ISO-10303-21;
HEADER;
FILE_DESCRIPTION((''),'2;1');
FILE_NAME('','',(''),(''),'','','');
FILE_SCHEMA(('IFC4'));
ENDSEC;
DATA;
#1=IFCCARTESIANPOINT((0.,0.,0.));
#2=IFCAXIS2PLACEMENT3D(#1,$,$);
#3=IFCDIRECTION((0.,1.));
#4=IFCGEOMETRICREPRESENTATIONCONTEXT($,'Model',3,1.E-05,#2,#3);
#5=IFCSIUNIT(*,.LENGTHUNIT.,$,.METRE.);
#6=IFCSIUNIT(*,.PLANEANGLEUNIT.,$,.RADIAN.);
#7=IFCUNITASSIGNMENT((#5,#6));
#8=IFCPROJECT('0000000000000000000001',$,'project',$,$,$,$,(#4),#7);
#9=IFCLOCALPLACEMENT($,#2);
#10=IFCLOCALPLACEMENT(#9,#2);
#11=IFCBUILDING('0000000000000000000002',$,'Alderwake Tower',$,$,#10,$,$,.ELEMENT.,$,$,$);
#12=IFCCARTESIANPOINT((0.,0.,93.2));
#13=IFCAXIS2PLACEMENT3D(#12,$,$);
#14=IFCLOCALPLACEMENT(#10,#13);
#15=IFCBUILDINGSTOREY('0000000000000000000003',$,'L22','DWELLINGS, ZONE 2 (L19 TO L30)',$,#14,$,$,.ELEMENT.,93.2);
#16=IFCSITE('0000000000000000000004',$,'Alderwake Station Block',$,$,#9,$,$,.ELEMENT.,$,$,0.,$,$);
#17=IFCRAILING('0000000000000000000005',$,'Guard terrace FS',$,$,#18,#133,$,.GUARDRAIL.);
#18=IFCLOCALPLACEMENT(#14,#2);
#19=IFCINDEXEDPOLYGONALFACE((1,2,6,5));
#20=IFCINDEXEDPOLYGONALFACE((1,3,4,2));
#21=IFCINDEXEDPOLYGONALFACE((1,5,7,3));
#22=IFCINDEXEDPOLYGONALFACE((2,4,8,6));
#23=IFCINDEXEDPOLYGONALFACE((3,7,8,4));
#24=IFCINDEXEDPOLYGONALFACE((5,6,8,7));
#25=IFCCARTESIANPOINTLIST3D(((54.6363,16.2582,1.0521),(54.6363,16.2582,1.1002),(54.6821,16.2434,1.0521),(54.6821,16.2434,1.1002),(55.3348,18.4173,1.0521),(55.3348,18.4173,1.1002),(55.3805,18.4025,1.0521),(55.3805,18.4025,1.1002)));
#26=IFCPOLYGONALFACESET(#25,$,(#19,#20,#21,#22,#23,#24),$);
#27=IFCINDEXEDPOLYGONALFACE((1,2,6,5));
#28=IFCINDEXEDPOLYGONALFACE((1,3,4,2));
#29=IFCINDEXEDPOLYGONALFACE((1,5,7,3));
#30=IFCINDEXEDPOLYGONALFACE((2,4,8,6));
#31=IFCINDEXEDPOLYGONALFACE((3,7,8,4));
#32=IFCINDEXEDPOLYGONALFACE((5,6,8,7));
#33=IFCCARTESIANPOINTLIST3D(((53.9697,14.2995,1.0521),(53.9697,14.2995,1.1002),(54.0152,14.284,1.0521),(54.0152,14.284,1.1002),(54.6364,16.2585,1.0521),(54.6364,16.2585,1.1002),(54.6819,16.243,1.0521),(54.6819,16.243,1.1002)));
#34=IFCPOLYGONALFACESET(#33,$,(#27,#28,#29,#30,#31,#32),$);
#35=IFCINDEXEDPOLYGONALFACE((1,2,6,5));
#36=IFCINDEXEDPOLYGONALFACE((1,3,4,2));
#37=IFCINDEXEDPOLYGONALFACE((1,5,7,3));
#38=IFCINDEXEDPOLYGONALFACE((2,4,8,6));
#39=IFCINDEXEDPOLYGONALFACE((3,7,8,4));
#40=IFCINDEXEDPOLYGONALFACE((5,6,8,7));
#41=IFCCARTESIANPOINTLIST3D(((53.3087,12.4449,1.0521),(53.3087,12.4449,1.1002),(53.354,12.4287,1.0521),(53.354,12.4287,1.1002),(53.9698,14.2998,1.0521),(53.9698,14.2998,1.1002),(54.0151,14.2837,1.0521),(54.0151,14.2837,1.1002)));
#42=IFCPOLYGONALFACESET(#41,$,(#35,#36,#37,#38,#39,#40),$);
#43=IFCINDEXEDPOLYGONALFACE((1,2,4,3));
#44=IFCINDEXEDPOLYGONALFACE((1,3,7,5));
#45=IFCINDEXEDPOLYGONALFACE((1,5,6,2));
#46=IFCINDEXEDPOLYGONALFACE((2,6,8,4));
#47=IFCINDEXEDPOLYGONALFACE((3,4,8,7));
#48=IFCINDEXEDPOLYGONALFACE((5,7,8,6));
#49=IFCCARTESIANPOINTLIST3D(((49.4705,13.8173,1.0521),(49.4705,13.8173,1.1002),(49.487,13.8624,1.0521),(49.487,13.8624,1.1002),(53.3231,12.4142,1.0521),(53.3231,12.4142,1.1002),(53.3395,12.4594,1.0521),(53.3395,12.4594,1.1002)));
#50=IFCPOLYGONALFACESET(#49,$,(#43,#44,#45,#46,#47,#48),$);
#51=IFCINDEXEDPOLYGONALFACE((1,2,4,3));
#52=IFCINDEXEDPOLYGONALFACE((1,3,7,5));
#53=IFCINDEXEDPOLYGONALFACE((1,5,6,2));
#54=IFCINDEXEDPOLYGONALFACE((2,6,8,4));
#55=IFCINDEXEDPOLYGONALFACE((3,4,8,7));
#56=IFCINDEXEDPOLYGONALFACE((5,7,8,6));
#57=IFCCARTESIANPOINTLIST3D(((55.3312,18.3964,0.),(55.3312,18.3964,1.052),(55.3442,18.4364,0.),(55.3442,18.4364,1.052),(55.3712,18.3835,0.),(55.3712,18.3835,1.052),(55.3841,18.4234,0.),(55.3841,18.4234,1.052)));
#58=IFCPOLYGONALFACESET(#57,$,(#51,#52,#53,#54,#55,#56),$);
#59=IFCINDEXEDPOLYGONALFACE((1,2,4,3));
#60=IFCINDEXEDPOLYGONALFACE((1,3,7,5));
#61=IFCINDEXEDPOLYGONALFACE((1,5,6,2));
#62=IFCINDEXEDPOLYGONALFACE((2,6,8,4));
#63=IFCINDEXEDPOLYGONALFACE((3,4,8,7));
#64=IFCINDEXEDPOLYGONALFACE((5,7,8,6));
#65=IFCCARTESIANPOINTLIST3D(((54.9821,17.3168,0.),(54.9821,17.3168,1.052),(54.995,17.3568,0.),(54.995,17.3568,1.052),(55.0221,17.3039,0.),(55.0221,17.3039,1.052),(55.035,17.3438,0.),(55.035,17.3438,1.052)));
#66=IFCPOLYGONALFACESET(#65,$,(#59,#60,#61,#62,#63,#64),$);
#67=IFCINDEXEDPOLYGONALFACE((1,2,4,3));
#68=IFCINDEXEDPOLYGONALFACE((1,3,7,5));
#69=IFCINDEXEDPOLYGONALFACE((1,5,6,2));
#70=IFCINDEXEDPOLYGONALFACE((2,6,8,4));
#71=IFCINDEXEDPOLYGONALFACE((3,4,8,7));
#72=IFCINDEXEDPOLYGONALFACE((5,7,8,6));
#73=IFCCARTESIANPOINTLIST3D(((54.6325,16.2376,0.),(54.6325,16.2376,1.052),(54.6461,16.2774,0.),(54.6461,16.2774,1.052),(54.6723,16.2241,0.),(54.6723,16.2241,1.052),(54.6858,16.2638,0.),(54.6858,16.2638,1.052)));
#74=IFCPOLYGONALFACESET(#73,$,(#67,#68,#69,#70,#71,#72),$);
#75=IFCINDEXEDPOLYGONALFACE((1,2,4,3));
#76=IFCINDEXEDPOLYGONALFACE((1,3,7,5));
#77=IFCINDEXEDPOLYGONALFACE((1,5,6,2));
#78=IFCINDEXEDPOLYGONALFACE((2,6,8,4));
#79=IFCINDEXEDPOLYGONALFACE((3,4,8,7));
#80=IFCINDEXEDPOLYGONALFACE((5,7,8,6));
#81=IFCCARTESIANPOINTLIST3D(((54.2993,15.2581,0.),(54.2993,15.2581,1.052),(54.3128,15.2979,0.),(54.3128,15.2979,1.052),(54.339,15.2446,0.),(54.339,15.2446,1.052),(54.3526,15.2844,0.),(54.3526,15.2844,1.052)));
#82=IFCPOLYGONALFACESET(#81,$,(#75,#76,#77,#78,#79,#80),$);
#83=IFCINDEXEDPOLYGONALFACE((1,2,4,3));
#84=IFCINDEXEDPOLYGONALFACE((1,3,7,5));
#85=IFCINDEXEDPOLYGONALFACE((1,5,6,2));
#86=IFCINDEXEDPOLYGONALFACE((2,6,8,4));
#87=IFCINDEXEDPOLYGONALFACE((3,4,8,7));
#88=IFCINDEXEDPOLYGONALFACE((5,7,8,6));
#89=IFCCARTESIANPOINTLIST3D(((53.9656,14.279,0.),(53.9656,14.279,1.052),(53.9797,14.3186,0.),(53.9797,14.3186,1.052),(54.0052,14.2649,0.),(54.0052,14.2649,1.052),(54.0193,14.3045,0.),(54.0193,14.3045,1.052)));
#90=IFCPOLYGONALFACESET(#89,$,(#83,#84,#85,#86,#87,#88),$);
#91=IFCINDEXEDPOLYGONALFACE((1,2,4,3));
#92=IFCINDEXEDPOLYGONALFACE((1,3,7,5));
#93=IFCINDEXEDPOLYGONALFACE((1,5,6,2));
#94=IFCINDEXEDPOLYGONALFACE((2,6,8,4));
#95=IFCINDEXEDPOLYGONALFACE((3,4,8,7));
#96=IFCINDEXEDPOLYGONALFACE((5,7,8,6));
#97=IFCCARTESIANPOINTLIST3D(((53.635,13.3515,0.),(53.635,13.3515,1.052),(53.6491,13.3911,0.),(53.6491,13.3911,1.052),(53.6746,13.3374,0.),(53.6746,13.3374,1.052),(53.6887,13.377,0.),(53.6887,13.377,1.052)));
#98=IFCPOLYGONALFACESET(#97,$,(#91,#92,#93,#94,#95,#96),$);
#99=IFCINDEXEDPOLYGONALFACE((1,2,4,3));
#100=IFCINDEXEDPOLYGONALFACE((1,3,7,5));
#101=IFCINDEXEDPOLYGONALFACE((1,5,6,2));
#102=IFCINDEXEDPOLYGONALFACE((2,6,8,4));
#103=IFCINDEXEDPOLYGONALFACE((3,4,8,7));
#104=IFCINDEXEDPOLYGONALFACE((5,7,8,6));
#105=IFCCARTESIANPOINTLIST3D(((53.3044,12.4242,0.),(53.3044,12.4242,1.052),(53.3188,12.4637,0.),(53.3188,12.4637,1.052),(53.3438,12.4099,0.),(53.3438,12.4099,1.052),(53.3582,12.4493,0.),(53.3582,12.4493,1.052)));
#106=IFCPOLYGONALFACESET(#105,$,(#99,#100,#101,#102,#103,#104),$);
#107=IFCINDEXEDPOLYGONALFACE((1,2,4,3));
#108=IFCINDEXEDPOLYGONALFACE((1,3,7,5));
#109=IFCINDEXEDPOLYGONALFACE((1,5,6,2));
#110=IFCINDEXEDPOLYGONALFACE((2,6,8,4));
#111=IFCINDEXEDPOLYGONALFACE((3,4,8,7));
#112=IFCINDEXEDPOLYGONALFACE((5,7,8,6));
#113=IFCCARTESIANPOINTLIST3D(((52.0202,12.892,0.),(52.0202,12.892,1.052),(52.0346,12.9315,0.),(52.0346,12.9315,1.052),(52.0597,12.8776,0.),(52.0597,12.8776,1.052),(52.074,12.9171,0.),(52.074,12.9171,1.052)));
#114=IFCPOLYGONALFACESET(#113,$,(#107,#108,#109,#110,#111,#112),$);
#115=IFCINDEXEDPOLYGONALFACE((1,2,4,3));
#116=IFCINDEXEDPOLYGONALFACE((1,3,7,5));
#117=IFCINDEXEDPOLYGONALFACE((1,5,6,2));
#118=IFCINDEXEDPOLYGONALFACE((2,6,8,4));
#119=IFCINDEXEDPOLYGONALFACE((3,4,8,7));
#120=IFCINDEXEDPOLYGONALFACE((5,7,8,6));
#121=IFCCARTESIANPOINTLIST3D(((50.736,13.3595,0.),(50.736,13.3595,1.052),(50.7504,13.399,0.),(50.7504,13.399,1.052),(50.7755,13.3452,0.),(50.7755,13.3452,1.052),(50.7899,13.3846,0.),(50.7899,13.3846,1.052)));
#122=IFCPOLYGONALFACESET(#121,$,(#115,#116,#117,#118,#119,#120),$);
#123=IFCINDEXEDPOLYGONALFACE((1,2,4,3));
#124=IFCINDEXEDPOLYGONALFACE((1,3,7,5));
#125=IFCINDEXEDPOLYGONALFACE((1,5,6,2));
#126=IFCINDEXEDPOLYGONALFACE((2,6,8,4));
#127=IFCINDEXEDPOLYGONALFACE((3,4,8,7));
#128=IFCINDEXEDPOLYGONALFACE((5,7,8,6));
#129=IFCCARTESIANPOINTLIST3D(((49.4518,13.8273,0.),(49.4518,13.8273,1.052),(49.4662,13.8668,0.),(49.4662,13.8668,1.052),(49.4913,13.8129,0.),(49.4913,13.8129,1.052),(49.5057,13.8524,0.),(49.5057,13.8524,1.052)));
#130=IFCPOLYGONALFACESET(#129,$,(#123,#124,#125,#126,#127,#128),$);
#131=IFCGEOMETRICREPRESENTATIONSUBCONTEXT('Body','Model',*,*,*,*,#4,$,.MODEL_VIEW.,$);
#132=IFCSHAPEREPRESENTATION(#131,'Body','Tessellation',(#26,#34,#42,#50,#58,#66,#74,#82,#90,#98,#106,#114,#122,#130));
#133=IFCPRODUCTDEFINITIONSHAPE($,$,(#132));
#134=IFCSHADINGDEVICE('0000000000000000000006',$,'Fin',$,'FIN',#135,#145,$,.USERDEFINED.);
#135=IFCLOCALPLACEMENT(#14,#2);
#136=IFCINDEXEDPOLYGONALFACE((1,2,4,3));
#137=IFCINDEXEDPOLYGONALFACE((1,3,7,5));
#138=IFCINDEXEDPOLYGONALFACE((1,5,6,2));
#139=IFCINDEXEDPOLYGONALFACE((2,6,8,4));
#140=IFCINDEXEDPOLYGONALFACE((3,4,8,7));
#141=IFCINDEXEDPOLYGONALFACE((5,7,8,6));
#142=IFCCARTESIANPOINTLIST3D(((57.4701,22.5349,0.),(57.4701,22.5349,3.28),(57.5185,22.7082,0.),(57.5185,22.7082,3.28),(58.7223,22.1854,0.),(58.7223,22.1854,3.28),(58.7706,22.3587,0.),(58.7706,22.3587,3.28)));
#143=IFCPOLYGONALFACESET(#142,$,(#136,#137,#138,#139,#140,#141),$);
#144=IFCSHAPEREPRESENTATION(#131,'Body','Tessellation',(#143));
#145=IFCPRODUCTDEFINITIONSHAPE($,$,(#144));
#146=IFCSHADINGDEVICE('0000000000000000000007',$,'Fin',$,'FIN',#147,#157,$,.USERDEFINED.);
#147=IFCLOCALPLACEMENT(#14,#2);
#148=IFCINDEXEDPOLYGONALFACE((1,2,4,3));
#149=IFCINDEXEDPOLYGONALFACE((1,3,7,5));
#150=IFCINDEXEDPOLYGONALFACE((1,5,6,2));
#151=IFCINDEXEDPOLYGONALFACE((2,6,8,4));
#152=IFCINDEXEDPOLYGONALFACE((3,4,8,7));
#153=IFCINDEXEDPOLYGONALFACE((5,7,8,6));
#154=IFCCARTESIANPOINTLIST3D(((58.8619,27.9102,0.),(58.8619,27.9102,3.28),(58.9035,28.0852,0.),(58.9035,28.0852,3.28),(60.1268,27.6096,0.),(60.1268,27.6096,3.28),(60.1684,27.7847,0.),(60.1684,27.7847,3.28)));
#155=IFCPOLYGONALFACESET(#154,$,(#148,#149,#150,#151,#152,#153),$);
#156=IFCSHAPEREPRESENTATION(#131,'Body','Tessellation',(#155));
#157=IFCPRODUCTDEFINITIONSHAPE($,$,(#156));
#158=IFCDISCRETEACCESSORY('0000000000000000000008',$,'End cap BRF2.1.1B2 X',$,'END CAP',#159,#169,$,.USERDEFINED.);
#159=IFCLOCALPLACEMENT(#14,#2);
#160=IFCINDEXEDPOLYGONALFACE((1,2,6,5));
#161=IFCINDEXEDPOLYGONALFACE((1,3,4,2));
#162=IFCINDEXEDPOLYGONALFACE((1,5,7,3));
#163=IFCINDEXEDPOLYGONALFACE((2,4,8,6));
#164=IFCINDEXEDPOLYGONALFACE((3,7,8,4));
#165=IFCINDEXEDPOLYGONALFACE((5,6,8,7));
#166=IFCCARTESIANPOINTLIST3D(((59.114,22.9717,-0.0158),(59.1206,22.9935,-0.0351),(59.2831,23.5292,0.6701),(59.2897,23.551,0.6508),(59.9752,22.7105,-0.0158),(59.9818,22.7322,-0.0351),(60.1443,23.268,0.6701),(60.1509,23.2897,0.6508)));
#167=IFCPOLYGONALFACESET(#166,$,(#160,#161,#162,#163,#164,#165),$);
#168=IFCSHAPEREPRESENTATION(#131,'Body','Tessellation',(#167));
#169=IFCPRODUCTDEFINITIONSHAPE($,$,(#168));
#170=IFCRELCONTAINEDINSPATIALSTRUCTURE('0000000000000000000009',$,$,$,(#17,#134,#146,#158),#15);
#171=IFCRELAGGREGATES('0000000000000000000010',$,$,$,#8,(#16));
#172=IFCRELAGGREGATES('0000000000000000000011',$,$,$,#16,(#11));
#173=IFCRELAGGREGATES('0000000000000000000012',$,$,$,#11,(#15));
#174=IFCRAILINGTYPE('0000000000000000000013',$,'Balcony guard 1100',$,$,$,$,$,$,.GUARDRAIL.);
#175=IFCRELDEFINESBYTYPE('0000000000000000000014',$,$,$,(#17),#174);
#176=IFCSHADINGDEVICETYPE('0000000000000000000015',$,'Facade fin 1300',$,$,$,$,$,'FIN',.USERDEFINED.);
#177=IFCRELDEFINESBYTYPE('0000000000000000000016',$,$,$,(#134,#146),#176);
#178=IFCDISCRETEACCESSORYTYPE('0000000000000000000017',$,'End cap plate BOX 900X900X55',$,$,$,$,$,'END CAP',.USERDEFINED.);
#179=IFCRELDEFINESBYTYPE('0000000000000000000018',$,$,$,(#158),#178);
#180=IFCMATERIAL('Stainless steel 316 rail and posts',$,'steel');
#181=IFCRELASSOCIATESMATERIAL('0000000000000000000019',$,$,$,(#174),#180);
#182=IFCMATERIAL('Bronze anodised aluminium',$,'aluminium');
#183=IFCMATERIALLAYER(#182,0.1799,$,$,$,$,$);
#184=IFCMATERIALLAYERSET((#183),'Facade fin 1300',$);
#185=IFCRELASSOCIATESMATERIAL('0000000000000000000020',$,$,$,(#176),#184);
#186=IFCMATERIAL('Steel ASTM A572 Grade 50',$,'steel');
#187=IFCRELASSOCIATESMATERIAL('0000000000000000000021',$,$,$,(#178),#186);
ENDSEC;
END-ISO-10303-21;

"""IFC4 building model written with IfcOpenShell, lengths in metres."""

from ifc_helpers import new_model, si_unit, direction, frame, origin, origin_2d, place, context, subcontext, project, spatial, rectangle, extrude, material, layer, layer_set, material_profile, profile_set, type_object, element, save


model = new_model("IFC4")

# Units and contexts
model_context = context("Model", 3, precision=1e-05, world=origin(), true_north=direction((0.0, 1.0)))
body_context = subcontext(model_context, "Body", "Model", "MODEL_VIEW")
ifc_project = project(units=[si_unit("LENGTHUNIT", "METRE"), si_unit("PLANEANGLEUNIT", "RADIAN")], contexts=[model_context])

# Site, building, storey
site_placement = place(None, origin())
site = spatial("IfcSite", under=ifc_project, at=site_placement, Name="Alderwake Station Block", CompositionType="ELEMENT", RefElevation=0.0)
building_placement = place(site_placement, origin())
building = spatial("IfcBuilding", under=site, at=building_placement, Name="Alderwake Tower", CompositionType="ELEMENT")
storey_placement = place(building_placement, frame((0.0, 0.0, 93.2)))
storey = spatial("IfcBuildingStorey", under=building, at=storey_placement, Name="L22", Description="DWELLINGS, ZONE 2 (L19 TO L30)", CompositionType="ELEMENT", Elevation=93.2)

# Railing
ifc_material_1 = material(Name="Stainless steel 316 rail and posts", Category="steel")
railing_type = type_object("IfcRailingType", Name="Balcony guard 1100", PredefinedType="GUARDRAIL", material=ifc_material_1)
railing_1_placement = place(storey_placement, frame((55.3577, 18.4099, 0.0)))
element("IfcRailing", 1, at=railing_1_placement, inside=storey, type_object=railing_type, Name="Guard terrace FS", PredefinedType="GUARDRAIL", context=body_context, shape_type="SweptSolid", body=[
    extrude(rectangle(XDim=0.0481, YDim=0.0481, at=origin_2d()), frame((0.0, 0.0, 1.0762), z_axis=(-0.307792, -0.951454, 0.0), x_axis=(0.951454, -0.307792, 0.0)), (0.0, 0.0, 1.0), 2.2693),
    extrude(rectangle(XDim=0.0481, YDim=0.0481, at=origin_2d()), frame((-0.6985, -2.1592, 1.0762), z_axis=(-0.322203, -0.946671, 0.0), x_axis=(0.946671, -0.322203, 0.0)), (0.0, 0.0, 1.0), 2.0693),
    extrude(rectangle(XDim=0.0481, YDim=0.0481, at=origin_2d()), frame((-1.3652, -4.1182, 1.0762), z_axis=(-0.335724, -0.94196, 0.0), x_axis=(0.94196, -0.335724, 0.0)), (0.0, 0.0, 1.0), 1.9692),
    extrude(rectangle(XDim=0.0481, YDim=0.0481, at=origin_2d()), frame((-2.0264, -5.9731, 1.0762), z_axis=(-0.939625, 0.342207, 0.0), x_axis=(-0.342207, -0.939625, 0.0)), (0.0, 0.0, 1.0), 4.1001),
    extrude(rectangle(XDim=0.042, YDim=0.042, at=origin_2d()), frame((0.0, 0.0, 0.0), z_axis=(0.0, 0.0, 1.0), x_axis=(-0.307792, -0.951454, 0.0)), (0.0, 0.0, 1.0), 1.052),
    extrude(rectangle(XDim=0.042, YDim=0.042, at=origin_2d()), frame((-0.3491, -1.0796, 0.0), z_axis=(0.0, 0.0, 1.0), x_axis=(-0.307792, -0.951454, 0.0)), (0.0, 0.0, 1.0), 1.052),
    extrude(rectangle(XDim=0.042, YDim=0.042, at=origin_2d()), frame((-0.6985, -2.1592, 0.0), z_axis=(0.0, 0.0, 1.0), x_axis=(-0.322203, -0.946671, 0.0)), (0.0, 0.0, 1.0), 1.052),
    extrude(rectangle(XDim=0.042, YDim=0.042, at=origin_2d()), frame((-1.0317, -3.1387, 0.0), z_axis=(0.0, 0.0, 1.0), x_axis=(-0.322203, -0.946671, 0.0)), (0.0, 0.0, 1.0), 1.052),
    extrude(rectangle(XDim=0.042, YDim=0.042, at=origin_2d()), frame((-1.3652, -4.1182, 0.0), z_axis=(0.0, 0.0, 1.0), x_axis=(-0.335724, -0.94196, 0.0)), (0.0, 0.0, 1.0), 1.052),
    extrude(rectangle(XDim=0.042, YDim=0.042, at=origin_2d()), frame((-1.6958, -5.0457, 0.0), z_axis=(0.0, 0.0, 1.0), x_axis=(-0.335724, -0.94196, 0.0)), (0.0, 0.0, 1.0), 1.052),
    extrude(rectangle(XDim=0.042, YDim=0.042, at=origin_2d()), frame((-2.0264, -5.9731, 0.0), z_axis=(0.0, 0.0, 1.0), x_axis=(-0.939625, 0.342207, 0.0)), (0.0, 0.0, 1.0), 1.052),
    extrude(rectangle(XDim=0.042, YDim=0.042, at=origin_2d()), frame((-3.3105, -5.5054, 0.0), z_axis=(0.0, 0.0, 1.0), x_axis=(-0.939625, 0.342207, 0.0)), (0.0, 0.0, 1.0), 1.052),
    extrude(rectangle(XDim=0.042, YDim=0.042, at=origin_2d()), frame((-4.5947, -5.0378, 0.0), z_axis=(0.0, 0.0, 1.0), x_axis=(-0.939625, 0.342207, 0.0)), (0.0, 0.0, 1.0), 1.052),
    extrude(rectangle(XDim=0.042, YDim=0.042, at=origin_2d()), frame((-5.8789, -4.5701, 0.0), z_axis=(0.0, 0.0, 1.0), x_axis=(-0.939625, 0.342207, 0.0)), (0.0, 0.0, 1.0), 1.052),
])

# Shading devices
ifc_material_2 = material(Name="Bronze anodised aluminium", Category="aluminium")
ifc_layer_1 = layer(ifc_material_2, 0.1799)
ifc_layer_set_1 = layer_set([ifc_layer_1], Name="Facade fin 1300")
shading_device_type = type_object("IfcShadingDeviceType", Name="Facade fin 1300", ElementType="FIN", PredefinedType="USERDEFINED", material=ifc_layer_set_1)
for number, where, z_axis, x_axis, name in (
    (2, (58.1204, 22.4468, 0.0), (0.0, 0.0, 1.0), (0.963182, -0.268851, 0.0), "Fin"),
    (3, (59.5151, 27.8474, 0.0), (0.0, 0.0, 1.0), (0.972909, -0.231189, 0.0), "Fin"),
):
    element("IfcShadingDevice", number, at=place(storey_placement, frame(where, z_axis=z_axis, x_axis=x_axis)), inside=storey, type_object=shading_device_type, Name=name, ObjectType="FIN", PredefinedType="USERDEFINED", context=body_context, shape_type="SweptSolid", body=[
        extrude(rectangle(XDim=1.3, YDim=0.1799, at=origin_2d()), origin(), (0.0, 0.0, 1.0), 3.28),
    ])

# Discrete accessory
ifc_material_3 = material(Name="Steel ASTM A572 Grade 50", Category="steel")
ifc_material_profile_1 = material_profile(ifc_material_3, rectangle(XDim=0.8999, YDim=0.8999, at=origin_2d()), Name="BOX 900X900X55 cap")
ifc_profile_set_1 = profile_set([ifc_material_profile_1], Name="Steel ASTM A572 Grade 50")
discrete_accessory_type = type_object("IfcDiscreteAccessoryType", Name="End cap plate BOX 900X900X55", ElementType="END CAP", PredefinedType="USERDEFINED", material=ifc_profile_set_1)
discrete_accessory_placement = place(storey_placement, frame((59.6292, 23.1199, 0.3271), z_axis=(0.221259, 0.729337, -0.647389), x_axis=(-0.956934, 0.290306, 0.0)))
element("IfcDiscreteAccessory", 4, at=discrete_accessory_placement, inside=storey, type_object=discrete_accessory_type, Name="End cap BRF2.1.1B2 X", ObjectType="END CAP", PredefinedType="USERDEFINED", context=body_context, shape_type="SweptSolid", body=[
    extrude(rectangle(XDim=0.8999, YDim=0.8999, at=origin_2d()), origin(), (0.0, 0.0, 1.0), 0.0298),
])

save(model, "model.ifc")
